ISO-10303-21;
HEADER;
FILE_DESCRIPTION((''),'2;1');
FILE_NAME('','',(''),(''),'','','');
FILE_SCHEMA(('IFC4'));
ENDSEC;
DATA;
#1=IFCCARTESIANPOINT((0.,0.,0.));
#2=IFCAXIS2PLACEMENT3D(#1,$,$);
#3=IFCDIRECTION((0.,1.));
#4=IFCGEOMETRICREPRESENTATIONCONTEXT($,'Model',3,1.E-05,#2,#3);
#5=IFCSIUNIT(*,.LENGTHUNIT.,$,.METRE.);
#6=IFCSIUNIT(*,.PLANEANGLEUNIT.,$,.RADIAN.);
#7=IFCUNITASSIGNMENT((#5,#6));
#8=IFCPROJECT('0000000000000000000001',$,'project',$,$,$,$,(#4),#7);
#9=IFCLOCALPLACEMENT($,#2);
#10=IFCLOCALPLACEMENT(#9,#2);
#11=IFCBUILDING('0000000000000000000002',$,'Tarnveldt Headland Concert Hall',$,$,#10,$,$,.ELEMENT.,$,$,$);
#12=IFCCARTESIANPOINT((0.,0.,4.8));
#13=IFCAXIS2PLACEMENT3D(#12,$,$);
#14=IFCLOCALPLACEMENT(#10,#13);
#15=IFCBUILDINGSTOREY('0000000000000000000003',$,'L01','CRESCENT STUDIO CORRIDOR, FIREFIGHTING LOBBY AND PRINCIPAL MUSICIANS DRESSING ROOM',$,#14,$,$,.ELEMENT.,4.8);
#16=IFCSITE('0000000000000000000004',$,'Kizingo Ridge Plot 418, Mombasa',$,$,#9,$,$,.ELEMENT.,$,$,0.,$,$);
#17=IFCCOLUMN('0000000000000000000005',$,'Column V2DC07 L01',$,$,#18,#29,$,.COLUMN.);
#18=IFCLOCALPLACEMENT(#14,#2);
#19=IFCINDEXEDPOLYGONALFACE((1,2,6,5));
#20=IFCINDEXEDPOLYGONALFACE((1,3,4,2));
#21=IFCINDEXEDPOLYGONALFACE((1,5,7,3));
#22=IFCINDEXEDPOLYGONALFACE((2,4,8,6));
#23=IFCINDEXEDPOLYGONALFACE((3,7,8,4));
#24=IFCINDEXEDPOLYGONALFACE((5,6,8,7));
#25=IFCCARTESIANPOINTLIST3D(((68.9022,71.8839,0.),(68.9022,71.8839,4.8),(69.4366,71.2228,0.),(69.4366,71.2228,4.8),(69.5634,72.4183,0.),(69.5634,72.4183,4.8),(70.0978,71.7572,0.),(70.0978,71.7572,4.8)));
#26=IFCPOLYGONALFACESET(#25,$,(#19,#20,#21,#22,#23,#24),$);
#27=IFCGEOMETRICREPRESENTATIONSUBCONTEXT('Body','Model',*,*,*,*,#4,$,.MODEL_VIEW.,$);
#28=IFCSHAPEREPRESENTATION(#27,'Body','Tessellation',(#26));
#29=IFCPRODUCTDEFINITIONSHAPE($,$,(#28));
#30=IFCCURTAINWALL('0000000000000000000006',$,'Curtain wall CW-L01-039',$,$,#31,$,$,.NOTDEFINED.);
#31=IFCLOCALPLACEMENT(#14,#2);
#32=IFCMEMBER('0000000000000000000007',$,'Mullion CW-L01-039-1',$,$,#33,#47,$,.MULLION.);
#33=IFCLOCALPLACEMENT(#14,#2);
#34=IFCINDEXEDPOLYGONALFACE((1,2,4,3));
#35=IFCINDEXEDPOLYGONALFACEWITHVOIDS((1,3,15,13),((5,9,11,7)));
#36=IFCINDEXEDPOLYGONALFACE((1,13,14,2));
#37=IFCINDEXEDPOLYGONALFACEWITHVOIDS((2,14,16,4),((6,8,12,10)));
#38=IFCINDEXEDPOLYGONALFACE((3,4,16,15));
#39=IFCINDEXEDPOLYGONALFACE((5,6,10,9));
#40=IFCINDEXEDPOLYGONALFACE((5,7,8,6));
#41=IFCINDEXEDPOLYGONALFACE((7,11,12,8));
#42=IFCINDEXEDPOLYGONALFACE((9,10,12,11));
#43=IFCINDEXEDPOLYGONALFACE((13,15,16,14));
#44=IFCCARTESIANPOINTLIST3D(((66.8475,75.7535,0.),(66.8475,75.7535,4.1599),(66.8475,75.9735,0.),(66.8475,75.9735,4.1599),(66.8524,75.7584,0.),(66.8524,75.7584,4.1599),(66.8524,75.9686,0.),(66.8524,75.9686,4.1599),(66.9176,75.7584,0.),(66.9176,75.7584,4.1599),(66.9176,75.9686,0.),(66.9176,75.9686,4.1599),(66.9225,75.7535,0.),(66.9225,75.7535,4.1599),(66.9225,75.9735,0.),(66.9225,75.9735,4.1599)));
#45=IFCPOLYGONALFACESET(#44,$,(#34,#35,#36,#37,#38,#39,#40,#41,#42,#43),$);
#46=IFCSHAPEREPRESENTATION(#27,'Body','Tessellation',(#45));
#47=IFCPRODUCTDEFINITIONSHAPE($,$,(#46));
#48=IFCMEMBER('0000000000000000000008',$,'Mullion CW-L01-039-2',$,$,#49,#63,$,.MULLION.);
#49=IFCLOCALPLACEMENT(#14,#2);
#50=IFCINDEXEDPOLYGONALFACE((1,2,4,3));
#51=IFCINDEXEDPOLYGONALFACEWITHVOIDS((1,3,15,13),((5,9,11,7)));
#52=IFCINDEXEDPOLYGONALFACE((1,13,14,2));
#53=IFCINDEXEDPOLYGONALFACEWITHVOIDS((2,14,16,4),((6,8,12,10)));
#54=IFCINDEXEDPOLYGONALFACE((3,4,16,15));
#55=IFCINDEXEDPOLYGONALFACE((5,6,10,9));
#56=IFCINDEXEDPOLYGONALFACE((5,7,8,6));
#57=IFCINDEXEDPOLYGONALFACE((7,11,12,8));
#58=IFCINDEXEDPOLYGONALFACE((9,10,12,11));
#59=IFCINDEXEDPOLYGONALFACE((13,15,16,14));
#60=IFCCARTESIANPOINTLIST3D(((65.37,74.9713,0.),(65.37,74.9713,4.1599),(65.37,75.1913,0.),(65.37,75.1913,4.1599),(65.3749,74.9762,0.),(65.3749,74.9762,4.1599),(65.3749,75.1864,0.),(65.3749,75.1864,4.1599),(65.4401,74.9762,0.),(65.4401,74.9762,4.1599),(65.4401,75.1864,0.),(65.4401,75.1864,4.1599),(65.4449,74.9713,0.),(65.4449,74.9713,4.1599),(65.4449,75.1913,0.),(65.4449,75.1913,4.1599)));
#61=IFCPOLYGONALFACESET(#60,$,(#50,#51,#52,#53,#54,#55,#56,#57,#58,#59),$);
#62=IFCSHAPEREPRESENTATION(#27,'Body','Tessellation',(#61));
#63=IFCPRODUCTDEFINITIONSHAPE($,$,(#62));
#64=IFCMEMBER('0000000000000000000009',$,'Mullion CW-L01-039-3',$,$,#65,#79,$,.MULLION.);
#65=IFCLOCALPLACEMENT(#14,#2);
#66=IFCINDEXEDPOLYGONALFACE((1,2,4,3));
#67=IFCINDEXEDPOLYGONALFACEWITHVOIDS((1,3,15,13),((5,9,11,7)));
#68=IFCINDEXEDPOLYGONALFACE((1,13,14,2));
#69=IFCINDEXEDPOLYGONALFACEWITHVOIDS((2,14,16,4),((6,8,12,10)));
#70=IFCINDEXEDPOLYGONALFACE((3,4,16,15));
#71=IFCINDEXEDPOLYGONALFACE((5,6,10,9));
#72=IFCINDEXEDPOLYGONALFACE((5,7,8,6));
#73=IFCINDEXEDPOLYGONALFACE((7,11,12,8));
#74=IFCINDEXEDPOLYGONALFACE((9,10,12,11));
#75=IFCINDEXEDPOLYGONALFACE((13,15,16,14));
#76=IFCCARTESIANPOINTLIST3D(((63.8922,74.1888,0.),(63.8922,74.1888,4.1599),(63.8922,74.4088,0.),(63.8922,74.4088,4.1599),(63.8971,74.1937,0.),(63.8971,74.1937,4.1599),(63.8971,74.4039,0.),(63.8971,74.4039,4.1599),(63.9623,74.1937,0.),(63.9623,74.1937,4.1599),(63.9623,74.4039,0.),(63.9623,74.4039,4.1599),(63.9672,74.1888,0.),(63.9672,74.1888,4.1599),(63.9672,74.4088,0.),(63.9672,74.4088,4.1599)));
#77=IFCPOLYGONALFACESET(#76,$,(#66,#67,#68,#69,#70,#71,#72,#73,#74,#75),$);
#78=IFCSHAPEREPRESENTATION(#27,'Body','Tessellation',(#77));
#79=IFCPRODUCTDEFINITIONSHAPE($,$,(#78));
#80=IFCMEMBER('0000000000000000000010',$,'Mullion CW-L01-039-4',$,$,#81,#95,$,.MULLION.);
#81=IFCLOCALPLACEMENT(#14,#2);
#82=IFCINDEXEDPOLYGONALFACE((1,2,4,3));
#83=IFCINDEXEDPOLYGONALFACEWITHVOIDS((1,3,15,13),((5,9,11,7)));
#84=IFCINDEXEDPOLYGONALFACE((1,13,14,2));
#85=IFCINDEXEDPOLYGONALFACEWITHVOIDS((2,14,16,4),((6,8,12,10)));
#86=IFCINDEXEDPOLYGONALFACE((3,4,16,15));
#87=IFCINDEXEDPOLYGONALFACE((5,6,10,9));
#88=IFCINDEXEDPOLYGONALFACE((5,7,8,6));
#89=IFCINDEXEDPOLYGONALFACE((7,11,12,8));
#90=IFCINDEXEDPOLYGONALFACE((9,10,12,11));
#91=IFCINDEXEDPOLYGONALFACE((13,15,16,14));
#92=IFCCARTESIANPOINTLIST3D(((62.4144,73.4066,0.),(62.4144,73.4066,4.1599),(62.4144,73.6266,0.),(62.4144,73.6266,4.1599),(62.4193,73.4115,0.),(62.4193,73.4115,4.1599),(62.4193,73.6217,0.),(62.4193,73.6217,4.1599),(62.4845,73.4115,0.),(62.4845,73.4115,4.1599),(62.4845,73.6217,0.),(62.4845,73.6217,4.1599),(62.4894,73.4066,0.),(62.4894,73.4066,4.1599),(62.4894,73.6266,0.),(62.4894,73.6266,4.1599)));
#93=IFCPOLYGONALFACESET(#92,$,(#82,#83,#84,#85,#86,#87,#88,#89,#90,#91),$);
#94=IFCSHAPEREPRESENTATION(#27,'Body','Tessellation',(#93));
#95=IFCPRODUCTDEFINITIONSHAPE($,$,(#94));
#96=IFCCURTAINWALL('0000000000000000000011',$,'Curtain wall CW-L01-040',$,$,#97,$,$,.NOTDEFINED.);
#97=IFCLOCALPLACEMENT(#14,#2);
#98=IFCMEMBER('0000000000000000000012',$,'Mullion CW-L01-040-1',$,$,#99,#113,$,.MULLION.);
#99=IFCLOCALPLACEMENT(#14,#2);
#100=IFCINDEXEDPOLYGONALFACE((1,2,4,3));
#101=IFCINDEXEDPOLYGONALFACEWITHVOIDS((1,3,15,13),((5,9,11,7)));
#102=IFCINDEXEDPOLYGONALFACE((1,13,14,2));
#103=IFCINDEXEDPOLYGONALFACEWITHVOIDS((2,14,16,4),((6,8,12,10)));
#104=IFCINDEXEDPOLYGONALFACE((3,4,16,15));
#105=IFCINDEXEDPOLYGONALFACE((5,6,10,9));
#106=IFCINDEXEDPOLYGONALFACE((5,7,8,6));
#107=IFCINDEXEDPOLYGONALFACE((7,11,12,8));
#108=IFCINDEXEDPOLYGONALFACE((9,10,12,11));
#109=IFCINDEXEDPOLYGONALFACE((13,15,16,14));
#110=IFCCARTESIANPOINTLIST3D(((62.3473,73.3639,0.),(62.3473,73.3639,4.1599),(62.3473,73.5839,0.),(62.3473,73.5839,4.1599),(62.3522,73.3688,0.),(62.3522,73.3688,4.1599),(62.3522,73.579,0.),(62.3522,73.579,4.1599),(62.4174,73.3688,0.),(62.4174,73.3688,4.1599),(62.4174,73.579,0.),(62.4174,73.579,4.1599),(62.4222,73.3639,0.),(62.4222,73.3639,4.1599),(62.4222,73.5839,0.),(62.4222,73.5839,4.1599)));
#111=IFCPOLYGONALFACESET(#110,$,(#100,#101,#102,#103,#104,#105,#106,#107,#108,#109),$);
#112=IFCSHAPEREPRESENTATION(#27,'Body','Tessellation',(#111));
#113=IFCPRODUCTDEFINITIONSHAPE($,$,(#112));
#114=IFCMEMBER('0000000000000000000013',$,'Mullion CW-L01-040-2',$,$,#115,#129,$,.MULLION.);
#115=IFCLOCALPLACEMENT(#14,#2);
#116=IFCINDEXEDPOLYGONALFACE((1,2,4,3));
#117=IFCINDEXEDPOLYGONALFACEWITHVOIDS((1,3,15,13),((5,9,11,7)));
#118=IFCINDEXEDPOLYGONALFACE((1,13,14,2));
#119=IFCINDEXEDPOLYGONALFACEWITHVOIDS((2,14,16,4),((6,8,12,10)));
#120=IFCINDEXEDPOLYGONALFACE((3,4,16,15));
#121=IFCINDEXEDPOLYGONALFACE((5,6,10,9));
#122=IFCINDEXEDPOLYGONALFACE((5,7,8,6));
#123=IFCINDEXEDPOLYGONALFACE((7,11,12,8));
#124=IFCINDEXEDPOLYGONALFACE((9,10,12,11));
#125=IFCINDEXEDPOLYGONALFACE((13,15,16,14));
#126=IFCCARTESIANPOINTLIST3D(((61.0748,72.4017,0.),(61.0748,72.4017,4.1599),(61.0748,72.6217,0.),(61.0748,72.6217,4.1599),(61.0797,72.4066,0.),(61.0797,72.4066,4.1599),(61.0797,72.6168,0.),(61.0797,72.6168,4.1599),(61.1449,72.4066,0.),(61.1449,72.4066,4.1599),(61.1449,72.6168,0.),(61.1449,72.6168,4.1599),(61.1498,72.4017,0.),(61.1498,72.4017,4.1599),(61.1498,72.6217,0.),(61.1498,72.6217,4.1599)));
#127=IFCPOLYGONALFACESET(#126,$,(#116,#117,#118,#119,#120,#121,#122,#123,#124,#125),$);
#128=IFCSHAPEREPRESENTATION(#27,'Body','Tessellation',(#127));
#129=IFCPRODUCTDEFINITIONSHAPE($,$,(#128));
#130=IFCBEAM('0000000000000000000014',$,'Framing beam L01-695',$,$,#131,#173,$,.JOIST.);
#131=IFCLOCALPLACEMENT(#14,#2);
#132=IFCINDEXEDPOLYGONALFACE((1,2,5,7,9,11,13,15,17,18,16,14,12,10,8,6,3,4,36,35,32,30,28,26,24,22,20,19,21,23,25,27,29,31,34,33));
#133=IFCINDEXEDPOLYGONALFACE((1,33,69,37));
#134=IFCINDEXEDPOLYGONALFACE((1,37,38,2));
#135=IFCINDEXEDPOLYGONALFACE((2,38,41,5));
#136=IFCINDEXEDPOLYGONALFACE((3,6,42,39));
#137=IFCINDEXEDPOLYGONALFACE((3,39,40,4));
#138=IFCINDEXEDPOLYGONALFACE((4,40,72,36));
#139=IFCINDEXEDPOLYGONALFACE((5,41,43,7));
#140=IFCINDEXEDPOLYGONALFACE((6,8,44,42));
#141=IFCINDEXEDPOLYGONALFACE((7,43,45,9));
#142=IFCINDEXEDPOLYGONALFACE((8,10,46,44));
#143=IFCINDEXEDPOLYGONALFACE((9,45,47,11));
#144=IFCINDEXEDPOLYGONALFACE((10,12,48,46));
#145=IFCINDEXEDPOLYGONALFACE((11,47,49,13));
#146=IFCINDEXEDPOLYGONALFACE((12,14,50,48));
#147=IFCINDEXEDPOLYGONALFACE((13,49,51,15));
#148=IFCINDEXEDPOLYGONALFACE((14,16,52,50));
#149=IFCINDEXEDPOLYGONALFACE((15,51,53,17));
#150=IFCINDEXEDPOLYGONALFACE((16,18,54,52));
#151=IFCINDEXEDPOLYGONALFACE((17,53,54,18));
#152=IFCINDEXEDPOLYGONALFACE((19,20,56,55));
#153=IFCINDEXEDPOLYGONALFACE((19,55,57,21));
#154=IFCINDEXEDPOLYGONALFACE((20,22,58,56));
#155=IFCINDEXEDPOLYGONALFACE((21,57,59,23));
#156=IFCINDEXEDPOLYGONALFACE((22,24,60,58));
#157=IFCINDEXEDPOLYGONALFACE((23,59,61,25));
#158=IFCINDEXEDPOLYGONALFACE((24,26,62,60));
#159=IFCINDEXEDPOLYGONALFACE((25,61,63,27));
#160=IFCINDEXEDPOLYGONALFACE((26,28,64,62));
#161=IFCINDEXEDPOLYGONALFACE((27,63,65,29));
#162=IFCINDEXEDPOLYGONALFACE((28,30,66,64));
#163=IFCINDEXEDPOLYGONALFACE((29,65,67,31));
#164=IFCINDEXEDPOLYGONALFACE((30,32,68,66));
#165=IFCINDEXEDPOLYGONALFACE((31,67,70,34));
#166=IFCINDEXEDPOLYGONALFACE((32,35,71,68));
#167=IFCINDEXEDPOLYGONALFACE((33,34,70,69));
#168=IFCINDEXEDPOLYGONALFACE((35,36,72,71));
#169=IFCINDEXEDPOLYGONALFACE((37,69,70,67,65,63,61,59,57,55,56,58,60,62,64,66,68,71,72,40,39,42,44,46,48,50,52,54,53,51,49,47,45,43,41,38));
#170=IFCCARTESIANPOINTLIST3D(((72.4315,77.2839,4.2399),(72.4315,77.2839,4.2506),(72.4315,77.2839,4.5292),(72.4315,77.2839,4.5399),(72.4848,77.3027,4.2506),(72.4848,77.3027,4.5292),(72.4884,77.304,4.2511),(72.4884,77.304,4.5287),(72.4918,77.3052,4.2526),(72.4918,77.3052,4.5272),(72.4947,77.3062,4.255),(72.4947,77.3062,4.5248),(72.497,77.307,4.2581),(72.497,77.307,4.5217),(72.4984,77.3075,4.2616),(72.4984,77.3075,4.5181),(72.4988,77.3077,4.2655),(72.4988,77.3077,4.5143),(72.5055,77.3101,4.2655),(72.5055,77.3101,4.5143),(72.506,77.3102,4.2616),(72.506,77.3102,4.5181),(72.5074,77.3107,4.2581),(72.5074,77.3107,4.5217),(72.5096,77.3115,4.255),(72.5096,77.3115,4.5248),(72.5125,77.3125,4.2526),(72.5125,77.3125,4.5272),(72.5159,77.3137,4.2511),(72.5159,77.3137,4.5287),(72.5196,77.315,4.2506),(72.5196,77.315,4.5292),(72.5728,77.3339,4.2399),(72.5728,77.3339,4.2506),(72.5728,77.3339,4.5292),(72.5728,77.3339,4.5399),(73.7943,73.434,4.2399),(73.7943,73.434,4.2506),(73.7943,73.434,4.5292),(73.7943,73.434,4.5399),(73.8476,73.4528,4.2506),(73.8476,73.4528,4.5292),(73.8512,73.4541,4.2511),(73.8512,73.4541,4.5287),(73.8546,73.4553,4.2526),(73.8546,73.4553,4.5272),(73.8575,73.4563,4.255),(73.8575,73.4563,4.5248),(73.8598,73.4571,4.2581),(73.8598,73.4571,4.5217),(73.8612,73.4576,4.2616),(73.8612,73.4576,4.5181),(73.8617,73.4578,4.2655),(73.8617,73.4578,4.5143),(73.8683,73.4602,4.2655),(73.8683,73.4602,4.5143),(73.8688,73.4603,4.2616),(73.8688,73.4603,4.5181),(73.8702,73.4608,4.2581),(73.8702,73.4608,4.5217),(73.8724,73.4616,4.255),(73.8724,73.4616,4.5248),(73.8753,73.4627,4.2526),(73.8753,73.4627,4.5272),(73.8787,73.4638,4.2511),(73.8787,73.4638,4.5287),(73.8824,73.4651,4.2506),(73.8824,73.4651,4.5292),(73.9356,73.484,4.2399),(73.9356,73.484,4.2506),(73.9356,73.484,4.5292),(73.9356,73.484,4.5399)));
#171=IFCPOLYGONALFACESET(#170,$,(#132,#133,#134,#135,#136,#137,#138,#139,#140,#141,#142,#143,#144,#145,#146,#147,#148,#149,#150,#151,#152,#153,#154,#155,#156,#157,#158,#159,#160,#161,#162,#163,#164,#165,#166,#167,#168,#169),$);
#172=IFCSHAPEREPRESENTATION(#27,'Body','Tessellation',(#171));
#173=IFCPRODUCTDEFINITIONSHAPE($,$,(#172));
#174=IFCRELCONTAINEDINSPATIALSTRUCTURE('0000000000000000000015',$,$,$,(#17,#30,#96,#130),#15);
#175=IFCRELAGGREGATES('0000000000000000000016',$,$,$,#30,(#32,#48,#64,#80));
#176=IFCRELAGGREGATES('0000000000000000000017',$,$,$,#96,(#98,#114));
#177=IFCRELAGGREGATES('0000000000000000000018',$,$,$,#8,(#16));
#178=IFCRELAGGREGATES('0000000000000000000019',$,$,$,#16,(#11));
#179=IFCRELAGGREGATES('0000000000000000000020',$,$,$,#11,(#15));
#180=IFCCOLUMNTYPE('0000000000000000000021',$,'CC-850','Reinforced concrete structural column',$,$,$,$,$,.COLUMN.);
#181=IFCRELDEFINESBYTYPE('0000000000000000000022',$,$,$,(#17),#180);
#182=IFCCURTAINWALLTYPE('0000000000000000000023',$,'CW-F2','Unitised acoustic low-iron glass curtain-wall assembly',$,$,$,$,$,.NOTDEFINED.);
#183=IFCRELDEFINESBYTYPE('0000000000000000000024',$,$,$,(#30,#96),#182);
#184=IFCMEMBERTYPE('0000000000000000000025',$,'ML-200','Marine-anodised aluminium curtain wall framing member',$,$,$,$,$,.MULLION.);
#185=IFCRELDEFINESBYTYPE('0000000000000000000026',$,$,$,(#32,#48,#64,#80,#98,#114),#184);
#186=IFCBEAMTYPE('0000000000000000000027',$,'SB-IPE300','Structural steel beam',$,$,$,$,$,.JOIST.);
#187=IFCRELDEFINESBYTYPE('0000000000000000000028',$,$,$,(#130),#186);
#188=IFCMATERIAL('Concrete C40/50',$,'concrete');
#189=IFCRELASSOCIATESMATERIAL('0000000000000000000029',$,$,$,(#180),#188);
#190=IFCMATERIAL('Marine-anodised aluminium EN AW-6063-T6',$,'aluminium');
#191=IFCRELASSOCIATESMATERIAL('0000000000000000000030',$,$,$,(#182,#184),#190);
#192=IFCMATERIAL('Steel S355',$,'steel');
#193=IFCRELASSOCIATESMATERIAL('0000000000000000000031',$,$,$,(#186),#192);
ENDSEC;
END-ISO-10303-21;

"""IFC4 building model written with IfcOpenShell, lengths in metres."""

from ifc_helpers import new_model, si_unit, direction, frame, origin, origin_2d, place, context, subcontext, project, spatial, rectangle, hollow_rectangle, i_section, extrude, material, material_profile, profile_set, type_object, element, aggregate, save


model = new_model("IFC4")

# Units and contexts
model_context = context("Model", 3, precision=1e-05, world=origin(), true_north=direction((0.0, 1.0)))
body_context = subcontext(model_context, "Body", "Model", "MODEL_VIEW")
ifc_project = project(units=[si_unit("LENGTHUNIT", "METRE"), si_unit("PLANEANGLEUNIT", "RADIAN")], contexts=[model_context])

# Site, building, storey
site_placement = place(None, origin())
site = spatial("IfcSite", under=ifc_project, at=site_placement, Name="Kizingo Ridge Plot 418, Mombasa", CompositionType="ELEMENT", RefElevation=0.0)
building_placement = place(site_placement, origin())
building = spatial("IfcBuilding", under=site, at=building_placement, Name="Tarnveldt Headland Concert Hall", CompositionType="ELEMENT")
storey_placement = place(building_placement, frame((0.0, 0.0, 4.8)))
storey = spatial("IfcBuildingStorey", under=building, at=storey_placement, Name="L01", Description="CRESCENT STUDIO CORRIDOR, FIREFIGHTING LOBBY AND PRINCIPAL MUSICIANS DRESSING ROOM", CompositionType="ELEMENT", Elevation=4.8)

# Column
ifc_material_1 = material(Name="Concrete C40/50", Category="concrete")
ifc_material_profile_1 = material_profile(ifc_material_1, rectangle(XDim=0.8501, YDim=0.8501, at=origin_2d()), Name="RC 850x850", Category="concrete")
ifc_profile_set_1 = profile_set([ifc_material_profile_1], Name="Concrete C40/50")
column_type = type_object("IfcColumnType", Name="CC-850", Description="Reinforced concrete structural column", PredefinedType="COLUMN", material=ifc_profile_set_1)
column_placement = place(storey_placement, frame((69.5, 71.8206, 0.0), z_axis=(0.0, 0.0, 1.0), x_axis=(-0.628642, 0.777695, 0.0)))
element("IfcColumn", 1, at=column_placement, inside=storey, type_object=column_type, Name="Column V2DC07 L01", PredefinedType="COLUMN", context=body_context, shape_type="SweptSolid", body=[
    extrude(rectangle(XDim=0.8501, YDim=0.8501, at=origin_2d()), origin(), (0.0, 0.0, 1.0), 4.8),
])

# Curtain walls, members
ifc_material_2 = material(Name="Marine-anodised aluminium EN AW-6063-T6", Category="aluminium")
curtain_wall_type = type_object("IfcCurtainWallType", Name="CW-F2", Description="Unitised acoustic low-iron glass curtain-wall assembly", PredefinedType="NOTDEFINED", material=ifc_material_2)
curtain_wall_1_placement = place(storey_placement, origin())
curtain_wall_1 = element("IfcCurtainWall", 2, at=curtain_wall_1_placement, inside=storey, type_object=curtain_wall_type, Name="Curtain wall CW-L01-039", PredefinedType="NOTDEFINED")
ifc_material_profile_2 = material_profile(ifc_material_2, hollow_rectangle(XDim=0.075, YDim=0.22, WallThickness=0.0049, at=origin_2d()), Name="ALU MULLION 75x220x5", Category="aluminium")
ifc_profile_set_2 = profile_set([ifc_material_profile_2], Name="Marine-anodised aluminium EN AW-6063-T6")
member_type_1 = type_object("IfcMemberType", Name="ML-200", Description="Marine-anodised aluminium curtain wall framing member", PredefinedType="MULLION", material=ifc_profile_set_2)
member_1_placement = place(storey_placement, frame((66.885, 75.8635, 0.0), z_axis=(0.0, 0.0, 1.0), x_axis=(1.0, 0.0, 0.0)))
member_1 = element("IfcMember", 3, at=member_1_placement, type_object=member_type_1, Name="Mullion CW-L01-039-1", PredefinedType="MULLION", context=body_context, shape_type="SweptSolid", body=[
    extrude(hollow_rectangle(XDim=0.075, YDim=0.22, WallThickness=0.0049, at=origin_2d()), origin(), (0.0, 0.0, 1.0), 4.1599),
])
member_2_placement = place(storey_placement, frame((65.4075, 75.0813, 0.0), z_axis=(0.0, 0.0, 1.0), x_axis=(1.0, 0.0, 0.0)))
member_2 = element("IfcMember", 4, at=member_2_placement, type_object=member_type_1, Name="Mullion CW-L01-039-2", PredefinedType="MULLION", context=body_context, shape_type="SweptSolid", body=[
    extrude(hollow_rectangle(XDim=0.075, YDim=0.22, WallThickness=0.0049, at=origin_2d()), origin(), (0.0, 0.0, 1.0), 4.1599),
])
member_3_placement = place(storey_placement, frame((63.9297, 74.2988, 0.0), z_axis=(0.0, 0.0, 1.0), x_axis=(1.0, 0.0, 0.0)))
member_3 = element("IfcMember", 5, at=member_3_placement, type_object=member_type_1, Name="Mullion CW-L01-039-3", PredefinedType="MULLION", context=body_context, shape_type="SweptSolid", body=[
    extrude(hollow_rectangle(XDim=0.075, YDim=0.22, WallThickness=0.0049, at=origin_2d()), origin(), (0.0, 0.0, 1.0), 4.1599),
])
member_4_placement = place(storey_placement, frame((62.4519, 73.5166, 0.0), z_axis=(0.0, 0.0, 1.0), x_axis=(1.0, 0.0, 0.0)))
member_4 = element("IfcMember", 6, at=member_4_placement, type_object=member_type_1, Name="Mullion CW-L01-039-4", PredefinedType="MULLION", context=body_context, shape_type="SweptSolid", body=[
    extrude(hollow_rectangle(XDim=0.075, YDim=0.22, WallThickness=0.0049, at=origin_2d()), origin(), (0.0, 0.0, 1.0), 4.1599),
])
curtain_wall_2_placement = place(storey_placement, origin())
curtain_wall_2 = element("IfcCurtainWall", 7, at=curtain_wall_2_placement, inside=storey, type_object=curtain_wall_type, Name="Curtain wall CW-L01-040", PredefinedType="NOTDEFINED")
member_5_placement = place(storey_placement, frame((62.3848, 73.4739, 0.0), z_axis=(0.0, 0.0, 1.0), x_axis=(1.0, 0.0, 0.0)))
member_5 = element("IfcMember", 8, at=member_5_placement, type_object=member_type_1, Name="Mullion CW-L01-040-1", PredefinedType="MULLION", context=body_context, shape_type="SweptSolid", body=[
    extrude(hollow_rectangle(XDim=0.075, YDim=0.22, WallThickness=0.0049, at=origin_2d()), origin(), (0.0, 0.0, 1.0), 4.1599),
])
member_6_placement = place(storey_placement, frame((61.1123, 72.5117, 0.0), z_axis=(0.0, 0.0, 1.0), x_axis=(1.0, 0.0, 0.0)))
member_6 = element("IfcMember", 9, at=member_6_placement, type_object=member_type_1, Name="Mullion CW-L01-040-2", PredefinedType="MULLION", context=body_context, shape_type="SweptSolid", body=[
    extrude(hollow_rectangle(XDim=0.075, YDim=0.22, WallThickness=0.0049, at=origin_2d()), origin(), (0.0, 0.0, 1.0), 4.1599),
])

# Beam
ifc_material_3 = material(Name="Steel S355", Category="steel")
ifc_material_profile_3 = material_profile(ifc_material_3, i_section(OverallWidth=0.1499, OverallDepth=0.3, WebThickness=0.0071, FlangeThickness=0.0107, FilletRadius=0.0149, at=origin_2d()), Name="IPE300", Category="steel")
ifc_profile_set_3 = profile_set([ifc_material_profile_3], Name="Steel S355")
beam_type_1 = type_object("IfcBeamType", Name="SB-IPE300", Description="Structural steel beam", PredefinedType="JOIST", material=ifc_profile_set_3)
beam_1_placement = place(storey_placement, frame((73.865, 73.459, 4.3899), z_axis=(-0.333696, 0.942681, 0.0), x_axis=(-0.942681, -0.333696, 0.0)))
element("IfcBeam", 10, at=beam_1_placement, inside=storey, type_object=beam_type_1, Name="Framing beam L01-695", PredefinedType="JOIST", context=body_context, shape_type="SweptSolid", body=[
    extrude(i_section(OverallWidth=0.1499, OverallDepth=0.3, WebThickness=0.0071, FlangeThickness=0.0107, FilletRadius=0.0149, at=origin_2d()), origin(), (0.0, 0.0, 1.0), 4.084),
])

aggregate(curtain_wall_1, [member_1, member_2, member_3, member_4])
aggregate(curtain_wall_2, [member_5, member_6])

save(model, "model.ifc")
